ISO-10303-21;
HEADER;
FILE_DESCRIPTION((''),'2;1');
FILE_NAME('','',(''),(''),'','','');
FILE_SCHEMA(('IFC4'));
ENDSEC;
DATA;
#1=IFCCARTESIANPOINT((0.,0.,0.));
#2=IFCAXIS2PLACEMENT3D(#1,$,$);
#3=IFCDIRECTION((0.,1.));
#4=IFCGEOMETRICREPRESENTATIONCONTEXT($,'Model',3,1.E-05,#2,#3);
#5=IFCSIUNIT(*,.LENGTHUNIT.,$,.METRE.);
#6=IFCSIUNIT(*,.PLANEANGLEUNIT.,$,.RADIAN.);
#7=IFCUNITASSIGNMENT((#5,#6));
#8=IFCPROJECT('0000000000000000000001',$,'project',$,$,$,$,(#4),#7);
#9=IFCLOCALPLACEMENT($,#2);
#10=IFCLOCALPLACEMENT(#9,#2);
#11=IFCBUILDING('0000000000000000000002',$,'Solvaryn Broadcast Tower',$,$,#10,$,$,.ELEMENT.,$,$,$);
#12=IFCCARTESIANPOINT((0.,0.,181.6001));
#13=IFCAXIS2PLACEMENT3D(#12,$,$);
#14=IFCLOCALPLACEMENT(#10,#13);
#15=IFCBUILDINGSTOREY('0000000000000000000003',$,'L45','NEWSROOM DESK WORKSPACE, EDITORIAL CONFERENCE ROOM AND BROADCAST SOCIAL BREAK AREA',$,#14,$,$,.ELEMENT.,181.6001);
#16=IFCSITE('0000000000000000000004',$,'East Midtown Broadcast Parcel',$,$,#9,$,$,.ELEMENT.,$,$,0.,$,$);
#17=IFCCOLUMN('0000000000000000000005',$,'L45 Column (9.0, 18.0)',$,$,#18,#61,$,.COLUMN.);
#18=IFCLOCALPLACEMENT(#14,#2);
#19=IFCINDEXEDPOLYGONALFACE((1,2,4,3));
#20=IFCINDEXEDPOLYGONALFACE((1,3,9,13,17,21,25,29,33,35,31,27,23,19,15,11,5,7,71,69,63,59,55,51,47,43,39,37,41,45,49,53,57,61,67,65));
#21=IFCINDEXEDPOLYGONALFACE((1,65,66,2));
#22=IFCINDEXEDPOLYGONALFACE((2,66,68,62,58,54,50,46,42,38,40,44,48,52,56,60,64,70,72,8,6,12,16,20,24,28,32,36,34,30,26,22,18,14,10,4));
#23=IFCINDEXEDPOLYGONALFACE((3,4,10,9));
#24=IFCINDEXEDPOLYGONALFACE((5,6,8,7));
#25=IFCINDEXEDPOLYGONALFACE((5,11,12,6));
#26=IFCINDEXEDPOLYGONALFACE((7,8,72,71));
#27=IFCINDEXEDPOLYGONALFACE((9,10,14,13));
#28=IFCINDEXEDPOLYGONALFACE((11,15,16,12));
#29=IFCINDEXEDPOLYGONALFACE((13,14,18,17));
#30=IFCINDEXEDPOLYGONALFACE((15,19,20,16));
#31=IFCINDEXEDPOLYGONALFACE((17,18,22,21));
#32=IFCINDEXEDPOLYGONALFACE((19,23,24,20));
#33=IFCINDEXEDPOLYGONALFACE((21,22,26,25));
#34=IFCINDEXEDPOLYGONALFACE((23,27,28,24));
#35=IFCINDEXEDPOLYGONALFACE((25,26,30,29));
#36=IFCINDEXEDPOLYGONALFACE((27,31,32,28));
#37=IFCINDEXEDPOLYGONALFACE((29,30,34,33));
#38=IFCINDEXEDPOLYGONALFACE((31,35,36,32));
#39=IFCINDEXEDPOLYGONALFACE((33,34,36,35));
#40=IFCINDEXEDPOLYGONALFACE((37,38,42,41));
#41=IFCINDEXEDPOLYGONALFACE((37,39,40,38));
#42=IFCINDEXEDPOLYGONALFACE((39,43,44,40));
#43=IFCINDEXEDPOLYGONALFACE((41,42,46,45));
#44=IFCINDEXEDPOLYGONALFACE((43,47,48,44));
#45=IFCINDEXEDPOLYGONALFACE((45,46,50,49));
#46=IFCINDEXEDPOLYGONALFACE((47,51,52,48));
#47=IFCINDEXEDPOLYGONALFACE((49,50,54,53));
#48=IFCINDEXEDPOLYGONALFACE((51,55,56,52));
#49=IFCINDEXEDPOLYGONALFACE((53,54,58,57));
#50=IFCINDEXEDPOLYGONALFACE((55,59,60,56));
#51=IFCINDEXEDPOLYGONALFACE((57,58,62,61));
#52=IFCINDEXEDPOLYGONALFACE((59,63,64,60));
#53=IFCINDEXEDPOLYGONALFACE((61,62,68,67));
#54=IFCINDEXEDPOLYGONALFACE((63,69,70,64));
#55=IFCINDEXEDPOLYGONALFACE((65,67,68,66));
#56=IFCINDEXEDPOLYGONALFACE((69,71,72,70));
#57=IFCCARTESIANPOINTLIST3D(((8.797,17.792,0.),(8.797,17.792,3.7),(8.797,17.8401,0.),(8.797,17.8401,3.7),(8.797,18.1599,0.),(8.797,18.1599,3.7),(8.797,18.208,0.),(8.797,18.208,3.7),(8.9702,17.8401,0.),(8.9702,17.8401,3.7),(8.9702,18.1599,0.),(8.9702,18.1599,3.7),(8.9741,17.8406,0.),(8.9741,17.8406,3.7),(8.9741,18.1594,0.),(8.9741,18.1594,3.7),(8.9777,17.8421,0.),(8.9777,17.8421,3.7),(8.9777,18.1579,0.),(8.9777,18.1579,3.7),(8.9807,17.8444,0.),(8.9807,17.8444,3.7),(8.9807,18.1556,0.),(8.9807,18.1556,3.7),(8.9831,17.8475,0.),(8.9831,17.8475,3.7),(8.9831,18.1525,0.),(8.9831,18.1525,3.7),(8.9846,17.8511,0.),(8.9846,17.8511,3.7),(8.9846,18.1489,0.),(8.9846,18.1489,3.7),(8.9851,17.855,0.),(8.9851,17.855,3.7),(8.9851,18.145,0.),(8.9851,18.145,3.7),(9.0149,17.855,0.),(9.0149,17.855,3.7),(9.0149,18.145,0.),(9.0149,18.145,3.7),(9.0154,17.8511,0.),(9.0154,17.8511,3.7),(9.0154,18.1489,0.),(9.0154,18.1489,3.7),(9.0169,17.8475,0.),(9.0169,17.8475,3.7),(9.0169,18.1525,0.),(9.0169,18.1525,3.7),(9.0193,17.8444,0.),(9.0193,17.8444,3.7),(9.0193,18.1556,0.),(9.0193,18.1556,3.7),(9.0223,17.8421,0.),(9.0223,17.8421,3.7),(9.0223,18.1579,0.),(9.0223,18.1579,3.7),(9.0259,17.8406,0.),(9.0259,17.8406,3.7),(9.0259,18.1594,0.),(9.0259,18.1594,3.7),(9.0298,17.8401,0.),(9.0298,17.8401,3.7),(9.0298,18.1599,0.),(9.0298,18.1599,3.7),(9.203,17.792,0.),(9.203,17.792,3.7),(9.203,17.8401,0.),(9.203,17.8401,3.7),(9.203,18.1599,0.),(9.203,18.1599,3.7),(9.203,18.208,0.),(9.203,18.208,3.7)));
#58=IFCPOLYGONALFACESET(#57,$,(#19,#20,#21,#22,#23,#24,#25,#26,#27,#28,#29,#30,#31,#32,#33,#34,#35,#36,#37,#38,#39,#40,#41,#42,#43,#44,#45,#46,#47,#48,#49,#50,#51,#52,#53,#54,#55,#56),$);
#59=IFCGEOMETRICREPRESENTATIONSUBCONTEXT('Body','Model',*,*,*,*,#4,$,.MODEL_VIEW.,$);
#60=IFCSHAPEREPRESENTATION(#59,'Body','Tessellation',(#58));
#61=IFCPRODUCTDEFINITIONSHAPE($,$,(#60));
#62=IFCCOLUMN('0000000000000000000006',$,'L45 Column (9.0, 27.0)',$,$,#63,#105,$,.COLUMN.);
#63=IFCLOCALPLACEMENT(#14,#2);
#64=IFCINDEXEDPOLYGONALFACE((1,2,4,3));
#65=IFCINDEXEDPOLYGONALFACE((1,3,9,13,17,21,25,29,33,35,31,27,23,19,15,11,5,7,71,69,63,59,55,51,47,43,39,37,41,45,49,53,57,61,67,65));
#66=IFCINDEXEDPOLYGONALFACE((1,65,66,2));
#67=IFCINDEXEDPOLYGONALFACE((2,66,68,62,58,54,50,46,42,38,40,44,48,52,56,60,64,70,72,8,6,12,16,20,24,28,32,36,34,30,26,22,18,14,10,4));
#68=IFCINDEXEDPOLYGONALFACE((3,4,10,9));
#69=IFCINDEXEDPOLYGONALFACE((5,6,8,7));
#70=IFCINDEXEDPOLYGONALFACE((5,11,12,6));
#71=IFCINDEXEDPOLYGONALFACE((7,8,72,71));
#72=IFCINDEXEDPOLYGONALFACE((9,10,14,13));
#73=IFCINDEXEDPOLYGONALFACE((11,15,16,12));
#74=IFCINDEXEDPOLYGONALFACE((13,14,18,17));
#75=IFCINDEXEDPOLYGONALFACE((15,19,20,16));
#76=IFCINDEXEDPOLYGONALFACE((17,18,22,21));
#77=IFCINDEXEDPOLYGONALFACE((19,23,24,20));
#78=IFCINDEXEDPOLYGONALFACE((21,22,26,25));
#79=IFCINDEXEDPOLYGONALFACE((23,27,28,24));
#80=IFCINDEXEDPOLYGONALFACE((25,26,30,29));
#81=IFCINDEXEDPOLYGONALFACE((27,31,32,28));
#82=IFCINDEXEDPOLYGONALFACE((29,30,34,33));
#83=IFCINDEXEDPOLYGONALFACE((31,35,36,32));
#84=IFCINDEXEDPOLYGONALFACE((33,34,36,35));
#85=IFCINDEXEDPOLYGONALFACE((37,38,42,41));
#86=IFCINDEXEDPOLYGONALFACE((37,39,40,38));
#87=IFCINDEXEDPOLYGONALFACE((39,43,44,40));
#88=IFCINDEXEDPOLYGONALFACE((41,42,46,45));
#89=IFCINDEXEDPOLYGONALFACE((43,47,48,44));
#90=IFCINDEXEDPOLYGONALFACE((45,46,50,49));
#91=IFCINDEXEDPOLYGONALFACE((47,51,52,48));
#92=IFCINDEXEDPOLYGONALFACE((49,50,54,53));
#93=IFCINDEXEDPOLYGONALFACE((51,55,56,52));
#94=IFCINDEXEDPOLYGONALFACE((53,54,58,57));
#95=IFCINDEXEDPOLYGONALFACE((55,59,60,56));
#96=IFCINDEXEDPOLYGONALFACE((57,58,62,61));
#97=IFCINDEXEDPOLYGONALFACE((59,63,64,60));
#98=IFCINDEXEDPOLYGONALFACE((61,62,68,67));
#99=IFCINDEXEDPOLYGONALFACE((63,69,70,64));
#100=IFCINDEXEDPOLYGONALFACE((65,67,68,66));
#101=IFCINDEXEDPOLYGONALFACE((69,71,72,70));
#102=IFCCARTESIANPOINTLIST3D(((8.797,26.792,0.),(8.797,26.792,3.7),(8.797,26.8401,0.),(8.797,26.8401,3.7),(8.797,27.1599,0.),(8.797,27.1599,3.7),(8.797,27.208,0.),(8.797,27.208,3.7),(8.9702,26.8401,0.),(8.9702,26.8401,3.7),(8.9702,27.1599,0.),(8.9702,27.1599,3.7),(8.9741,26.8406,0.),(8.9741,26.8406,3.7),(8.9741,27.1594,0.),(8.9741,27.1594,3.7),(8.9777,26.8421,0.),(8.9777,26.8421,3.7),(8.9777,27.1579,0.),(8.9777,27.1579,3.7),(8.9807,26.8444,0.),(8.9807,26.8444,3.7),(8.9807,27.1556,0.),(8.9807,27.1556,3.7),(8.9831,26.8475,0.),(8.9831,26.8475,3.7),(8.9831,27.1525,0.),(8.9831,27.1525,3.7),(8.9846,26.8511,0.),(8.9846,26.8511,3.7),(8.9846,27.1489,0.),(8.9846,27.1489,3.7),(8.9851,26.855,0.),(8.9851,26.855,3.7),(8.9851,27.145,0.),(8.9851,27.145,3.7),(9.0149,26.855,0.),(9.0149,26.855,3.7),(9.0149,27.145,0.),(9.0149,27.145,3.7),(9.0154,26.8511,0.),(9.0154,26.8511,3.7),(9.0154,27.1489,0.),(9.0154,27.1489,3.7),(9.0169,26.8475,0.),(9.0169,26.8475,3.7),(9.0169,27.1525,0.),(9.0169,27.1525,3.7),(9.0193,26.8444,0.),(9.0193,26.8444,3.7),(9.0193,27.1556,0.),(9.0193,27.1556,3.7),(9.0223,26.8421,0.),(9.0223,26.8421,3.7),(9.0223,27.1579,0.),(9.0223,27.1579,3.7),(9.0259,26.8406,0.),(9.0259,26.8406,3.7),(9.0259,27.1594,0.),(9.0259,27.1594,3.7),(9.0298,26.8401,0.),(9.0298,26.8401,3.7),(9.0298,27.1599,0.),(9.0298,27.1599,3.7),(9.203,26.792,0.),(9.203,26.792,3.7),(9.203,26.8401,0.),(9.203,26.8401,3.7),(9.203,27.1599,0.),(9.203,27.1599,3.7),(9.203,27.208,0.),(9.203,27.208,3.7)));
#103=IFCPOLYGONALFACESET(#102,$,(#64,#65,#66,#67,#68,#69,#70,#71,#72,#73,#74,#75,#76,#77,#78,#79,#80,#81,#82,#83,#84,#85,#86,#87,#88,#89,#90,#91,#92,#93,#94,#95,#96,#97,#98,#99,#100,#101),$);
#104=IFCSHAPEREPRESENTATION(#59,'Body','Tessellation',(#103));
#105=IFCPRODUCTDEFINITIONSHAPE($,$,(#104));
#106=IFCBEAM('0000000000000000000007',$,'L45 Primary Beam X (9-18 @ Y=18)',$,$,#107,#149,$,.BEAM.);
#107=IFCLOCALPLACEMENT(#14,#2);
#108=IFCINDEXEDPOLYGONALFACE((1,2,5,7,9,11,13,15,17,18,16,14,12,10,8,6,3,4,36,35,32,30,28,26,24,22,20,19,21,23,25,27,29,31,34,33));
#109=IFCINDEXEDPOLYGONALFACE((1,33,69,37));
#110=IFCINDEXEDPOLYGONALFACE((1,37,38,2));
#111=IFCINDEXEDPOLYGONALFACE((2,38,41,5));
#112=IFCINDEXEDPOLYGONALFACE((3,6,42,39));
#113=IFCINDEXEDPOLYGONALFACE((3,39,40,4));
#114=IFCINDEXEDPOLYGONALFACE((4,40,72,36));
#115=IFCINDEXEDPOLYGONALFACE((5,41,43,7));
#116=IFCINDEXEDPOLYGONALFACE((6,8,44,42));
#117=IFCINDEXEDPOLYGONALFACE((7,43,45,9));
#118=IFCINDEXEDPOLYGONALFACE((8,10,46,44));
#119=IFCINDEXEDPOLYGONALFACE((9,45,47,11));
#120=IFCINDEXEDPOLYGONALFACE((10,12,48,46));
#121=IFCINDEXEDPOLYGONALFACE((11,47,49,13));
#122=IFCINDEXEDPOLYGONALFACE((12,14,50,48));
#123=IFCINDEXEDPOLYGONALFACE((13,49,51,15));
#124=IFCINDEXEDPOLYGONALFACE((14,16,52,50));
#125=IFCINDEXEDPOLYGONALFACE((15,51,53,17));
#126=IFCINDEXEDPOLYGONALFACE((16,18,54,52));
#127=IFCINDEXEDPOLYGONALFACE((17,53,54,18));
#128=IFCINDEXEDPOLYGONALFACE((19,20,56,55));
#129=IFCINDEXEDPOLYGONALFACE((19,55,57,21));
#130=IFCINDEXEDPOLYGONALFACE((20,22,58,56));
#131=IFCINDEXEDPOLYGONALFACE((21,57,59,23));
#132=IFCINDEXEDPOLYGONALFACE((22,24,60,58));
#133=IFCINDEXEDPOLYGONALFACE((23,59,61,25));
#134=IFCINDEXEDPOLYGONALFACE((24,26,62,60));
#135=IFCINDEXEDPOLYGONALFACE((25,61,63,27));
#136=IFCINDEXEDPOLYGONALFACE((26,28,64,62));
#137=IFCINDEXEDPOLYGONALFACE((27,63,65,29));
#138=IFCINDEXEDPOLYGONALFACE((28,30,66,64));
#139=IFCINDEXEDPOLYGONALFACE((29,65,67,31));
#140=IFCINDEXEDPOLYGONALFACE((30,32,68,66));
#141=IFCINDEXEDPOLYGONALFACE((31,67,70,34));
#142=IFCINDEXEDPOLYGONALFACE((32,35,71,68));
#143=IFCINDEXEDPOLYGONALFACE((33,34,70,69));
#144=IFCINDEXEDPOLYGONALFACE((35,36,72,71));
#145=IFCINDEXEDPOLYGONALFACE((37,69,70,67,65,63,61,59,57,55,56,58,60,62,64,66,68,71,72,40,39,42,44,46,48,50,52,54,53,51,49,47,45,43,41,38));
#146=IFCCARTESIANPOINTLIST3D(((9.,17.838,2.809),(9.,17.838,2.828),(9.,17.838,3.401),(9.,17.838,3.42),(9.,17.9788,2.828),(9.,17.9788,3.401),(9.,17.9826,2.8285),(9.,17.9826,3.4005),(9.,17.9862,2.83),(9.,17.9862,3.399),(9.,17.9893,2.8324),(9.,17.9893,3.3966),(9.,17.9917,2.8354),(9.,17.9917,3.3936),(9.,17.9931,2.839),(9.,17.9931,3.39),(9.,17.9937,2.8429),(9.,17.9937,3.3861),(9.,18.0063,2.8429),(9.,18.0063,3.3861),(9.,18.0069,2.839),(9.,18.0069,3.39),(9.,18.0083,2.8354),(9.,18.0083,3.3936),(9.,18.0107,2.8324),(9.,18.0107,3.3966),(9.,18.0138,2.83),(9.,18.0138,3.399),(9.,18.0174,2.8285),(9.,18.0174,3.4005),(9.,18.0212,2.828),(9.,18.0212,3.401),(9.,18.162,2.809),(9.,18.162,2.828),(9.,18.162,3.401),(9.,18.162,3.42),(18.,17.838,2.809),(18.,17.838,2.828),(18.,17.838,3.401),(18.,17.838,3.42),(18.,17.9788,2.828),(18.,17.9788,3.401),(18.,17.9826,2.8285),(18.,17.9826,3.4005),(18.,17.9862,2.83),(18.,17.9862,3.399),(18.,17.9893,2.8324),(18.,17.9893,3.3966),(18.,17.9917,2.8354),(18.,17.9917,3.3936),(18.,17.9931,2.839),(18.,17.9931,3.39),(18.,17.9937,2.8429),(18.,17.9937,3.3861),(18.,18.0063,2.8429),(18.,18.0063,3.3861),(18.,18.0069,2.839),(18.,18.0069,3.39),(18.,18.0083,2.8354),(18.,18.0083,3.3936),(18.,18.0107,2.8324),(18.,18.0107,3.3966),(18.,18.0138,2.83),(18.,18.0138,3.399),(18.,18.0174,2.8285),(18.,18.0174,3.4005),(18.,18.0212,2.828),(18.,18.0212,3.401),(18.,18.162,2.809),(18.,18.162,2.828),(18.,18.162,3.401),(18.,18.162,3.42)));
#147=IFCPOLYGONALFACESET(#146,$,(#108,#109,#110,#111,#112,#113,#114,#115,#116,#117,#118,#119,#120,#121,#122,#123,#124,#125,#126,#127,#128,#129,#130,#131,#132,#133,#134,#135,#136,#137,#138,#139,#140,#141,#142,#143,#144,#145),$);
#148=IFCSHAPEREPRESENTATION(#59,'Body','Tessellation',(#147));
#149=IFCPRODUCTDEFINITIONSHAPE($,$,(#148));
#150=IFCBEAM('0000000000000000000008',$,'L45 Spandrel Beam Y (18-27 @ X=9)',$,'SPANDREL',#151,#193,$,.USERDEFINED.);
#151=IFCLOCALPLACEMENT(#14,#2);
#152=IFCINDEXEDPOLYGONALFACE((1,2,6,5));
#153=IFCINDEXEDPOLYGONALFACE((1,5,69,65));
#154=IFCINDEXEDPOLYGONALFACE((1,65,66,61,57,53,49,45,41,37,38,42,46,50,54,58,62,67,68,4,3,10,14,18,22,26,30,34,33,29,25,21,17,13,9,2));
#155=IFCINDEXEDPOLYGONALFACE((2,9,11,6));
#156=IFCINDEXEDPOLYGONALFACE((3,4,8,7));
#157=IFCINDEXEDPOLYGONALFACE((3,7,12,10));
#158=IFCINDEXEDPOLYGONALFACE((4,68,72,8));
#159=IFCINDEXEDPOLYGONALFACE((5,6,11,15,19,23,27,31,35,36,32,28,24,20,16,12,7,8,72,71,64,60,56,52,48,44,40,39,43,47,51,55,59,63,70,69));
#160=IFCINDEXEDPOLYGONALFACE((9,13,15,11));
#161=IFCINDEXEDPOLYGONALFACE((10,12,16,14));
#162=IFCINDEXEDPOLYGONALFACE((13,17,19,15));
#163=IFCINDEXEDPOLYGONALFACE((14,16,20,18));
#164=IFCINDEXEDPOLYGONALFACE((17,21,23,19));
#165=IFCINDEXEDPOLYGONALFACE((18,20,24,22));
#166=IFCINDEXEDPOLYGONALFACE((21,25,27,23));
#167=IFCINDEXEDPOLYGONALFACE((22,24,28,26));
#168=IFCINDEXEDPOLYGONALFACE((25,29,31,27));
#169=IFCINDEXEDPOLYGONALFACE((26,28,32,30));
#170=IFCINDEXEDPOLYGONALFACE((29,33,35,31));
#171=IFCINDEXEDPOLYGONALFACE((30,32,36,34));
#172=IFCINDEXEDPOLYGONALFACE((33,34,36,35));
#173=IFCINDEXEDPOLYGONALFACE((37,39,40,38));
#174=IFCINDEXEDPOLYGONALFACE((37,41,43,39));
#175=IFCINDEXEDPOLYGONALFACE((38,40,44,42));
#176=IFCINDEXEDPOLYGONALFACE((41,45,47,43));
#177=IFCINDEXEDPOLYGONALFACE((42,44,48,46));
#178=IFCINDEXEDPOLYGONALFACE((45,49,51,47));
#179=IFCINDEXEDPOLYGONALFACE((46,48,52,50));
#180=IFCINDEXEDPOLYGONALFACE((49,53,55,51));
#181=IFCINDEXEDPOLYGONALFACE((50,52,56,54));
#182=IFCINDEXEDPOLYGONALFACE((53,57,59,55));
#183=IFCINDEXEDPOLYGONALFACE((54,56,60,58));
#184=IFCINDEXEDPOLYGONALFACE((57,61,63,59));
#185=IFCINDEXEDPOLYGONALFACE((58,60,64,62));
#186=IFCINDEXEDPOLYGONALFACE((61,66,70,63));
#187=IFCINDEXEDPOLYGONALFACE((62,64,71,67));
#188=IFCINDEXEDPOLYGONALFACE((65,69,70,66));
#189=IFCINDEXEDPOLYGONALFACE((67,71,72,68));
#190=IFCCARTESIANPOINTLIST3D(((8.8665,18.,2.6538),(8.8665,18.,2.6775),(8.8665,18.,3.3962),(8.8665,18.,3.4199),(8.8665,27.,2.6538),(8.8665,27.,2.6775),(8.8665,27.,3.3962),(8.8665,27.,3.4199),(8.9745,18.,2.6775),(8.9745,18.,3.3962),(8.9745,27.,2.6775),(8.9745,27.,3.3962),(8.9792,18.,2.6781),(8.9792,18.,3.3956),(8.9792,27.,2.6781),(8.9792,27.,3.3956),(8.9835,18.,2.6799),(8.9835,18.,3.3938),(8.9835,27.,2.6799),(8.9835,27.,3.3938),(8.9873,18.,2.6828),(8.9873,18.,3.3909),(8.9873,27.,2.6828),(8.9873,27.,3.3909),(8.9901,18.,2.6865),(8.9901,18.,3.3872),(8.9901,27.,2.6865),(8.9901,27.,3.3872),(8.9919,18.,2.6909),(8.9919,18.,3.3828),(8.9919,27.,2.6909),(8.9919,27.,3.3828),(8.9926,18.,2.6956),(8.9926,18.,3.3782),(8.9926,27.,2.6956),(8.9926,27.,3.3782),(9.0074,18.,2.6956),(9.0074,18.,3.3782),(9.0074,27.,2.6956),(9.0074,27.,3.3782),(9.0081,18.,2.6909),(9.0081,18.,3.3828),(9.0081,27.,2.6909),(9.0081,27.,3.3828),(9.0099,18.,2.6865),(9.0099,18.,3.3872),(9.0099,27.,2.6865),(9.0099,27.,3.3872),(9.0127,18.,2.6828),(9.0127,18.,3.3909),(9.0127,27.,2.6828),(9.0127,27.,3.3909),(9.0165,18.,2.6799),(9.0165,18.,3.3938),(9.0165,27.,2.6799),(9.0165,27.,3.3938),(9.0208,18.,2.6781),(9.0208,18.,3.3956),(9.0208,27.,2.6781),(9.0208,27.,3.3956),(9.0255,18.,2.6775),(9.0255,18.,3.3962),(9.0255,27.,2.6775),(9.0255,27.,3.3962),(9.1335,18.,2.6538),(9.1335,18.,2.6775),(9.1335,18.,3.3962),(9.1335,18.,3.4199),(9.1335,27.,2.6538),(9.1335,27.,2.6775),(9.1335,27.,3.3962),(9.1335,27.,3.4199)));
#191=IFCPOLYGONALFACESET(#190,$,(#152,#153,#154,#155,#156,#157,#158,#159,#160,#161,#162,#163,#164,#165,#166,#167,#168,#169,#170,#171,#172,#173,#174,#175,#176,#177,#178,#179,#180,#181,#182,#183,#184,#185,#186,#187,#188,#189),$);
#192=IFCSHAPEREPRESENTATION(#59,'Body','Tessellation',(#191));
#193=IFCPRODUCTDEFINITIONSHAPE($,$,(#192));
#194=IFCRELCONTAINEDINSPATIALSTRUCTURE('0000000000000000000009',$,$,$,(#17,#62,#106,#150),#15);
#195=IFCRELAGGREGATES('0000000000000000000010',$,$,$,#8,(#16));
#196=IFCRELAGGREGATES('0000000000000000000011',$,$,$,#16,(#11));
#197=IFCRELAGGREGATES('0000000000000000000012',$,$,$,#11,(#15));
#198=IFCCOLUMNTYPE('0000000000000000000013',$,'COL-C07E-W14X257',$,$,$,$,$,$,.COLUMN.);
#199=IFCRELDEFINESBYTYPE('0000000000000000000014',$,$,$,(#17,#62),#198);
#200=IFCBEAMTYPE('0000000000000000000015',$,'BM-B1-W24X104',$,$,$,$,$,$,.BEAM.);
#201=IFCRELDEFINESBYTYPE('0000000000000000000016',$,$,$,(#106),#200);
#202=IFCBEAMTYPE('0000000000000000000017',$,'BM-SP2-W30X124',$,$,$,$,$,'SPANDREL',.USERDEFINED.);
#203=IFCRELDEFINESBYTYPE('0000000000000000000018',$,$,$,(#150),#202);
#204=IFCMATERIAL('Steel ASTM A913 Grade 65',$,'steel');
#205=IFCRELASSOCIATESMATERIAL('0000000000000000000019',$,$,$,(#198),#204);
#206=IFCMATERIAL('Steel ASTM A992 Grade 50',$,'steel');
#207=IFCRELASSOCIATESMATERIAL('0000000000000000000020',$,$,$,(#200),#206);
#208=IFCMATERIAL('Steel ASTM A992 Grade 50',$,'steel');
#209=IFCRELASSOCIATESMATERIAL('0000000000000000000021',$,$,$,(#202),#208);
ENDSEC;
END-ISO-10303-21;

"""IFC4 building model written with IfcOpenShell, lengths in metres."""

from ifc_helpers import new_model, si_unit, direction, frame, origin, origin_2d, place, context, subcontext, project, spatial, i_section, extrude, material, material_profile, profile_set, type_object, element, save


model = new_model("IFC4")

# Units and contexts
model_context = context("Model", 3, precision=1e-05, world=origin(), true_north=direction((0.0, 1.0)))
body_context = subcontext(model_context, "Body", "Model", "MODEL_VIEW")
ifc_project = project(units=[si_unit("LENGTHUNIT", "METRE"), si_unit("PLANEANGLEUNIT", "RADIAN")], contexts=[model_context])

# Site, building, storey
site_placement = place(None, origin())
site = spatial("IfcSite", under=ifc_project, at=site_placement, Name="East Midtown Broadcast Parcel", CompositionType="ELEMENT", RefElevation=0.0)
building_placement = place(site_placement, origin())
building = spatial("IfcBuilding", under=site, at=building_placement, Name="Solvaryn Broadcast Tower", CompositionType="ELEMENT")
storey_placement = place(building_placement, frame((0.0, 0.0, 181.6001)))
storey = spatial("IfcBuildingStorey", under=building, at=storey_placement, Name="L45", Description="NEWSROOM DESK WORKSPACE, EDITORIAL CONFERENCE ROOM AND BROADCAST SOCIAL BREAK AREA", CompositionType="ELEMENT", Elevation=181.6001)

# Columns
ifc_material_1 = material(Name="Steel ASTM A913 Grade 65", Category="steel")
ifc_material_profile_1 = material_profile(ifc_material_1, i_section(OverallWidth=0.406, OverallDepth=0.416, WebThickness=0.0298, FlangeThickness=0.0481, FilletRadius=0.0149, at=origin_2d()))
ifc_profile_set_1 = profile_set([ifc_material_profile_1], Name="Steel ASTM A913 Grade 65")
column_type = type_object("IfcColumnType", Name="COL-C07E-W14X257", PredefinedType="COLUMN", material=ifc_profile_set_1)
for number, where, z_axis, x_axis, name in (
    (1, (9.0, 18.0, 0.0), (0.0, 0.0, 1.0), (1.0, 0.0, 0.0), "L45 Column (9.0, 18.0)"),
    (2, (9.0, 27.0, 0.0), (0.0, 0.0, 1.0), (1.0, 0.0, 0.0), "L45 Column (9.0, 27.0)"),
):
    element("IfcColumn", number, at=place(storey_placement, frame(where, z_axis=z_axis, x_axis=x_axis)), inside=storey, type_object=column_type, Name=name, PredefinedType="COLUMN", context=body_context, shape_type="SweptSolid", body=[
        extrude(i_section(OverallWidth=0.406, OverallDepth=0.416, WebThickness=0.0298, FlangeThickness=0.0481, FilletRadius=0.0149, at=origin_2d()), origin(), (0.0, 0.0, 1.0), 3.7),
    ])

# Beams
ifc_material_2 = material(Name="Steel ASTM A992 Grade 50", Category="steel")
ifc_material_profile_2 = material_profile(ifc_material_2, i_section(OverallWidth=0.324, OverallDepth=0.6111, WebThickness=0.0127, FlangeThickness=0.019, FilletRadius=0.0149, at=origin_2d()))
ifc_profile_set_2 = profile_set([ifc_material_profile_2], Name="Steel ASTM A992 Grade 50")
beam_type_1 = type_object("IfcBeamType", Name="BM-B1-W24X104", PredefinedType="BEAM", material=ifc_profile_set_2)
beam_1_placement = place(storey_placement, frame((9.0, 18.0, 3.1145), z_axis=(1.0, 0.0, 0.0), x_axis=(0.0, 1.0, 0.0)))
element("IfcBeam", 3, at=beam_1_placement, inside=storey, type_object=beam_type_1, Name="L45 Primary Beam X (9-18 @ Y=18)", PredefinedType="BEAM", context=body_context, shape_type="SweptSolid", body=[
    extrude(i_section(OverallWidth=0.324, OverallDepth=0.6111, WebThickness=0.0127, FlangeThickness=0.019, FilletRadius=0.0149, at=origin_2d()), origin(), (0.0, 0.0, 1.0), 9.0),
])
ifc_material_3 = material(Name="Steel ASTM A992 Grade 50", Category="steel")
ifc_material_profile_3 = material_profile(ifc_material_3, i_section(OverallWidth=0.2671, OverallDepth=0.7661, WebThickness=0.0149, FlangeThickness=0.0237, FilletRadius=0.0181, at=origin_2d()))
ifc_profile_set_3 = profile_set([ifc_material_profile_3], Name="Steel ASTM A992 Grade 50")
beam_type_2 = type_object("IfcBeamType", Name="BM-SP2-W30X124", ElementType="SPANDREL", PredefinedType="USERDEFINED", material=ifc_profile_set_3)
beam_2_placement = place(storey_placement, frame((9.0, 18.0, 3.0369), z_axis=(0.0, 1.0, 0.0), x_axis=(-1.0, 0.0, 0.0)))
element("IfcBeam", 4, at=beam_2_placement, inside=storey, type_object=beam_type_2, Name="L45 Spandrel Beam Y (18-27 @ X=9)", ObjectType="SPANDREL", PredefinedType="USERDEFINED", context=body_context, shape_type="SweptSolid", body=[
    extrude(i_section(OverallWidth=0.2671, OverallDepth=0.7661, WebThickness=0.0149, FlangeThickness=0.0237, FilletRadius=0.0181, at=origin_2d()), origin(), (0.0, 0.0, 1.0), 9.0),
])

save(model, "model.ifc")
